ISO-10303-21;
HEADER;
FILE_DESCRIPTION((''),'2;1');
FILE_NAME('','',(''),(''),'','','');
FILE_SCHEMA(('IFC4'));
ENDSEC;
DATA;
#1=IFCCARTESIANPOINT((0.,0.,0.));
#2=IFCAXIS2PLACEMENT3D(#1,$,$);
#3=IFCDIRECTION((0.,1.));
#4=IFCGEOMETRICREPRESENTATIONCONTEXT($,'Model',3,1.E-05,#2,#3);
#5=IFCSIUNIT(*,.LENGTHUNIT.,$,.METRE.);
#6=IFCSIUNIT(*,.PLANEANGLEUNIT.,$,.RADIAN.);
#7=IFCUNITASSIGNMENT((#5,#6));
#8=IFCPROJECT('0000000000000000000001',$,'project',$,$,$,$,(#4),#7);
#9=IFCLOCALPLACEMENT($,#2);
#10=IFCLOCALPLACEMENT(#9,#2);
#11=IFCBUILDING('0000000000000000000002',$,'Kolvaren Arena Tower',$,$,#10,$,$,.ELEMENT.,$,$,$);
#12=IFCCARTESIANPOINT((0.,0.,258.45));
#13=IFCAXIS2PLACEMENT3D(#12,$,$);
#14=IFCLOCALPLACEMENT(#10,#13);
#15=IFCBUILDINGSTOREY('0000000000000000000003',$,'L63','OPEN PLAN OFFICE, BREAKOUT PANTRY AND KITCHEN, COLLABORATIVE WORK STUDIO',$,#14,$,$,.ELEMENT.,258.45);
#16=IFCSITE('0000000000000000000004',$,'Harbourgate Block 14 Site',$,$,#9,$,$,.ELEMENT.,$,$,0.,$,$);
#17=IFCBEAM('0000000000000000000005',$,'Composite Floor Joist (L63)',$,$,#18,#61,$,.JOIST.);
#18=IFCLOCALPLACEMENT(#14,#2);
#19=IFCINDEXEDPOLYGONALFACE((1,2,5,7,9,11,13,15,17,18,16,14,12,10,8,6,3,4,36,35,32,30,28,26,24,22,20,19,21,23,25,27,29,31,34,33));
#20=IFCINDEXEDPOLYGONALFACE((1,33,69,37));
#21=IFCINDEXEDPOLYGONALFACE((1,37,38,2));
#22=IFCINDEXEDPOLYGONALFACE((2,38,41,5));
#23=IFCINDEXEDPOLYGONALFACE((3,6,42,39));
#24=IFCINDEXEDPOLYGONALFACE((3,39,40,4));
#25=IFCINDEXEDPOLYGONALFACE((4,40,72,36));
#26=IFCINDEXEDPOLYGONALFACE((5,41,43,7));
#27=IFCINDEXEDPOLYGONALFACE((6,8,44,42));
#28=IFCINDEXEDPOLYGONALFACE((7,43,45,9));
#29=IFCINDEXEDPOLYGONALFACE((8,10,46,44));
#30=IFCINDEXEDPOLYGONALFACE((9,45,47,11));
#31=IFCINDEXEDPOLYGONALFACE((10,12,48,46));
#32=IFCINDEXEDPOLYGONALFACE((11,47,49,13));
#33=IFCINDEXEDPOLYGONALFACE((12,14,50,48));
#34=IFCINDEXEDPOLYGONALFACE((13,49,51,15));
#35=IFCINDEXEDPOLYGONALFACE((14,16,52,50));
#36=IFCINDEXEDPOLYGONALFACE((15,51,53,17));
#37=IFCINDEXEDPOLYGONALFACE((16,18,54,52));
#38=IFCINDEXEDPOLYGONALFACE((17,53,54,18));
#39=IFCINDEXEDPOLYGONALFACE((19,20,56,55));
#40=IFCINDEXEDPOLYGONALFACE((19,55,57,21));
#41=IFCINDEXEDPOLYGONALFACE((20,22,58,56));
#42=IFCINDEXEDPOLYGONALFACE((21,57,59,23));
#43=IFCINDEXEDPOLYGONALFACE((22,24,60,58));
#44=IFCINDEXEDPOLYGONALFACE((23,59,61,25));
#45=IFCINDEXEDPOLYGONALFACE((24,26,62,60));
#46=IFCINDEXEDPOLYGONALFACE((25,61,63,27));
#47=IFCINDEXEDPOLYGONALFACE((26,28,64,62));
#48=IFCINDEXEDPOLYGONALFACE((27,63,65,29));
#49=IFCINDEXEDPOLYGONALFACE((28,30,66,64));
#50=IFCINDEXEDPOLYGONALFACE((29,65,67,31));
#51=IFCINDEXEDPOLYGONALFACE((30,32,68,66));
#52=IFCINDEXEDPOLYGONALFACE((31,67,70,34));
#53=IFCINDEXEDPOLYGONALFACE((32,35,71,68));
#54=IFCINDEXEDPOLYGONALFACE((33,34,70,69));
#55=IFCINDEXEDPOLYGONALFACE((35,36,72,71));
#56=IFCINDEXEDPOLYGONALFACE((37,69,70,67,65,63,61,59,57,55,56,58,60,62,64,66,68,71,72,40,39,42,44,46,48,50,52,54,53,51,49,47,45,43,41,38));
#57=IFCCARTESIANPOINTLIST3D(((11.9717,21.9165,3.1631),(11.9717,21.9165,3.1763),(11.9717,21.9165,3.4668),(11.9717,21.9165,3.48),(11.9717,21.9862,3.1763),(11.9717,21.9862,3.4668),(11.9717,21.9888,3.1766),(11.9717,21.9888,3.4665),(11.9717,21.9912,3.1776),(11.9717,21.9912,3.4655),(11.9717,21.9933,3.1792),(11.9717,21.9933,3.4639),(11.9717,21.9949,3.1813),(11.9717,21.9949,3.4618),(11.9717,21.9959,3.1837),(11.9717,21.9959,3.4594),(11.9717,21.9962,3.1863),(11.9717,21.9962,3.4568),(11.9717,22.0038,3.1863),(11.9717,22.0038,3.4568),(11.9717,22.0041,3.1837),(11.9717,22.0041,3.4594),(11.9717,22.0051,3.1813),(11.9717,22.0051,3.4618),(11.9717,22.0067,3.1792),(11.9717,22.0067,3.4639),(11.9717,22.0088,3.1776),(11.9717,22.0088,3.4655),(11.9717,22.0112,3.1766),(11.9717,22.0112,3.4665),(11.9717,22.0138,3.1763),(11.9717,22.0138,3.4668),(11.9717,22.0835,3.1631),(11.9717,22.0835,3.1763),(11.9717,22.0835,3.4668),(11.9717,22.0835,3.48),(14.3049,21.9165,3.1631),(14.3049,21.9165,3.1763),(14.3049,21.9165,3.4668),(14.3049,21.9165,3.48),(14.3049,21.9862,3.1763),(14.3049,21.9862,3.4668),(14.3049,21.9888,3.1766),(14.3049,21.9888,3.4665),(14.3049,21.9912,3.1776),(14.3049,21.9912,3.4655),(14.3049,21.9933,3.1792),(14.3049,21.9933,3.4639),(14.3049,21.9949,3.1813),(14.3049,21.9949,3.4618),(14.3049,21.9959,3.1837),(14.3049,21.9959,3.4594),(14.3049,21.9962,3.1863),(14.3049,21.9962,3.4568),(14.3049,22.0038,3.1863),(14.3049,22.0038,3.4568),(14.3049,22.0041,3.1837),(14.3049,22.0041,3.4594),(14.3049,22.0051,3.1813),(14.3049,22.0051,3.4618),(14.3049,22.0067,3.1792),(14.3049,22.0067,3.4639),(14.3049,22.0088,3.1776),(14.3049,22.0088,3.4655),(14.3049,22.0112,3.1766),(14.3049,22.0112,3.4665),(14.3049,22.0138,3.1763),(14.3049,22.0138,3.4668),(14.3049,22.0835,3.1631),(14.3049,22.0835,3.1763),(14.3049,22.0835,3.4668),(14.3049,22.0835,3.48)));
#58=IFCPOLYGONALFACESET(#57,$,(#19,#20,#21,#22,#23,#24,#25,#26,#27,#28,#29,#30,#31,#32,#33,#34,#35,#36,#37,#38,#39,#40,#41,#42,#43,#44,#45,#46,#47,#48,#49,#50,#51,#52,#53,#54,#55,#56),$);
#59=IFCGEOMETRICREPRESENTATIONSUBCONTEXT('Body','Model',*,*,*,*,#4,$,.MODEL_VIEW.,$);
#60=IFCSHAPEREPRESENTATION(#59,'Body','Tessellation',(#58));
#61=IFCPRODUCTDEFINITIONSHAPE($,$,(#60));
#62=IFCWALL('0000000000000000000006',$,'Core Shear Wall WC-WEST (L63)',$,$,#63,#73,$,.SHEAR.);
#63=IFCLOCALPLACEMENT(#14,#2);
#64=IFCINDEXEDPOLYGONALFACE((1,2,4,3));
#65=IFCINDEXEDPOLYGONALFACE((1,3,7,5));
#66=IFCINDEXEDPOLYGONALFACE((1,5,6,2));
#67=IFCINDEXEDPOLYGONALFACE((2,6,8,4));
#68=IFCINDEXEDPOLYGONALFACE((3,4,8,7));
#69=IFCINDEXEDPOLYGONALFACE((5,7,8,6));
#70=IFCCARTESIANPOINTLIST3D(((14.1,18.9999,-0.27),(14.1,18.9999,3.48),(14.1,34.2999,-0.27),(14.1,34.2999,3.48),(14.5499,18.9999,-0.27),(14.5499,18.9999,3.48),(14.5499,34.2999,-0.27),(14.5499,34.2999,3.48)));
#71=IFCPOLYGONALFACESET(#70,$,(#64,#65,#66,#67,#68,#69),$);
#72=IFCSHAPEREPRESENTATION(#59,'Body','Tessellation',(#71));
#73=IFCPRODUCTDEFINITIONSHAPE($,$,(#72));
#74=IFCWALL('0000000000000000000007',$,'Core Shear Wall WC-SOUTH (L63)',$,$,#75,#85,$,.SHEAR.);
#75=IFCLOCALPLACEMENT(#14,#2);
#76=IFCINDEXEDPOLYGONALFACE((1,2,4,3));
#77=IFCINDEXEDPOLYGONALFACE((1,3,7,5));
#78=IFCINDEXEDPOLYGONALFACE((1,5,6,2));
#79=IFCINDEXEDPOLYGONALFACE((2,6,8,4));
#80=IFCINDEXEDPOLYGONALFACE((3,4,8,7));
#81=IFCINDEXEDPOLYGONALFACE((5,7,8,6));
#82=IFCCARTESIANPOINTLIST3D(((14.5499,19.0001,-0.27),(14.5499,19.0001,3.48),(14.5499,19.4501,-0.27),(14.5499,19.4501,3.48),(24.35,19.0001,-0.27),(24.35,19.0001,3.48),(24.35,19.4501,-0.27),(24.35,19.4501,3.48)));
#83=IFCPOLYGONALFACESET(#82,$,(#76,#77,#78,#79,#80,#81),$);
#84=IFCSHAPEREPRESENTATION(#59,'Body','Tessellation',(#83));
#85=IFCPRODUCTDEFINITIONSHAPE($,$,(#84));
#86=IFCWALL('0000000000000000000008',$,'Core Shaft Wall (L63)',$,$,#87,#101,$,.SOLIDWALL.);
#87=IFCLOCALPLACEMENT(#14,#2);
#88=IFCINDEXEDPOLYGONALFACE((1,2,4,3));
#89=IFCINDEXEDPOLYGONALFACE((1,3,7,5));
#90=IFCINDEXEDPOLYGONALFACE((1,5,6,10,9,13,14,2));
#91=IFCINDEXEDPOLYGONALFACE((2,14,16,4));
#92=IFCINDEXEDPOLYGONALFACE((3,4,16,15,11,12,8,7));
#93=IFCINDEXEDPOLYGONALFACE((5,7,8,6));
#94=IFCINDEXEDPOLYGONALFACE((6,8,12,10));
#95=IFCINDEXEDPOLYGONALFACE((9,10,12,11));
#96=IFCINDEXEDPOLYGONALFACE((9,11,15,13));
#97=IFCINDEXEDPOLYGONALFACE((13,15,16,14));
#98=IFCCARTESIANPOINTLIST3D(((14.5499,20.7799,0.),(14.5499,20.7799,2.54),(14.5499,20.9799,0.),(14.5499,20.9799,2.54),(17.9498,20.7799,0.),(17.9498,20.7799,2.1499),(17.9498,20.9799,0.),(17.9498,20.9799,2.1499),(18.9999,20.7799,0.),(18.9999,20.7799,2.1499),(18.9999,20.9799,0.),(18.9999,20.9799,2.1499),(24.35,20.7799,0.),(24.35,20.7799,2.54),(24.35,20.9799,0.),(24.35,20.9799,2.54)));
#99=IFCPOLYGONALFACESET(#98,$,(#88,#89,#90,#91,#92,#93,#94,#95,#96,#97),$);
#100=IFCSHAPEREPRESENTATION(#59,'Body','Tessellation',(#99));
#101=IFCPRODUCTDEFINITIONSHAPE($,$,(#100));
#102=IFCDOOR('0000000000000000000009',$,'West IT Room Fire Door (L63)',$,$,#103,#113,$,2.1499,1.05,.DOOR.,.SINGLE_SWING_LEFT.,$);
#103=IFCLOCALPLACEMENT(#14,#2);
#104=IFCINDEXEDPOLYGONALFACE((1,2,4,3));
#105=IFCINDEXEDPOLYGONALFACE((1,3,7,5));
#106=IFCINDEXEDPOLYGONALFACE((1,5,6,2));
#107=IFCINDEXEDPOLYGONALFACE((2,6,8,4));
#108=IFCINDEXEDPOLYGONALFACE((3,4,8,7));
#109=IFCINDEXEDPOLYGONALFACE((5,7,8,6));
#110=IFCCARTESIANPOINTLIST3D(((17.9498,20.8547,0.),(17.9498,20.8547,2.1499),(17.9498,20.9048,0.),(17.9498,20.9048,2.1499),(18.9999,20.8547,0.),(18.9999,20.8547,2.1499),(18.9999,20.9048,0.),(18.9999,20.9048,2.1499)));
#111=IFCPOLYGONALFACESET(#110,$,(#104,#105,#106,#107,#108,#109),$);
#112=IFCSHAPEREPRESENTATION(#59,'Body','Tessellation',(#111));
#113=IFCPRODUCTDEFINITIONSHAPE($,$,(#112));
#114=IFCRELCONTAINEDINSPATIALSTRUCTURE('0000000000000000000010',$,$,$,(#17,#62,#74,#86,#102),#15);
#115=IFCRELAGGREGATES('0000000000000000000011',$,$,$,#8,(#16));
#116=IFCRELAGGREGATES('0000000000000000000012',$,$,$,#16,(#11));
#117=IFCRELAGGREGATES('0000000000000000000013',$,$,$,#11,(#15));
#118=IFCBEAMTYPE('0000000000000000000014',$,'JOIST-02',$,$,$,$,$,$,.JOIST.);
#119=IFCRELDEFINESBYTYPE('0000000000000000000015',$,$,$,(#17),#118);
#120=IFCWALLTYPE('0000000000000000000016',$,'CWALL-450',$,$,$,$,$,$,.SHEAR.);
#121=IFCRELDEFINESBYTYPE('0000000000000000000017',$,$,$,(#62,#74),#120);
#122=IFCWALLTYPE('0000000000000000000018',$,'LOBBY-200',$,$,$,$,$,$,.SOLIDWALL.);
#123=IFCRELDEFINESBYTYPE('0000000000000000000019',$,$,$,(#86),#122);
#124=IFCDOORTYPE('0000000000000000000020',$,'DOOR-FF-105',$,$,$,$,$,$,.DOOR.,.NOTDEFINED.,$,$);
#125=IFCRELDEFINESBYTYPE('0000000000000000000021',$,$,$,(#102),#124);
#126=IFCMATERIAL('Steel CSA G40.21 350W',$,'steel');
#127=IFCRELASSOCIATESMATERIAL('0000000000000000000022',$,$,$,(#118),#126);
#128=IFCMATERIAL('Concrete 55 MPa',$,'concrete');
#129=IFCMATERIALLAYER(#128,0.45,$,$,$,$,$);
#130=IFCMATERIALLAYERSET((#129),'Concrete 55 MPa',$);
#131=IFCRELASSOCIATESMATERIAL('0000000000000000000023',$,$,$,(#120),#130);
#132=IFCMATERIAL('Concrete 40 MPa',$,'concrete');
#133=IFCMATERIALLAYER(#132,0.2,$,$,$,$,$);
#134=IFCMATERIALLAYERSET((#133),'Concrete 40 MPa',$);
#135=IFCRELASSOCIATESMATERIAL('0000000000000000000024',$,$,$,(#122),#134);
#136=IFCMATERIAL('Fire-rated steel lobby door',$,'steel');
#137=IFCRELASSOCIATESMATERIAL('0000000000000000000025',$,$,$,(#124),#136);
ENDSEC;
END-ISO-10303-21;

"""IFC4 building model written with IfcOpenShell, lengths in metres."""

from ifc_helpers import new_model, si_unit, direction, frame, frame_2d, origin, origin_2d, place, context, subcontext, project, spatial, rectangle, i_section, extrude, material, layer, layer_set, material_profile, profile_set, type_object, element, fill, save


model = new_model("IFC4")

# Units and contexts
model_context = context("Model", 3, precision=1e-05, world=origin(), true_north=direction((0.0, 1.0)))
body_context = subcontext(model_context, "Body", "Model", "MODEL_VIEW")
ifc_project = project(units=[si_unit("LENGTHUNIT", "METRE"), si_unit("PLANEANGLEUNIT", "RADIAN")], contexts=[model_context])

# Site, building, storey
site_placement = place(None, origin())
site = spatial("IfcSite", under=ifc_project, at=site_placement, Name="Harbourgate Block 14 Site", CompositionType="ELEMENT", RefElevation=0.0)
building_placement = place(site_placement, origin())
building = spatial("IfcBuilding", under=site, at=building_placement, Name="Kolvaren Arena Tower", CompositionType="ELEMENT")
storey_placement = place(building_placement, frame((0.0, 0.0, 258.45)))
storey = spatial("IfcBuildingStorey", under=building, at=storey_placement, Name="L63", Description="OPEN PLAN OFFICE, BREAKOUT PANTRY AND KITCHEN, COLLABORATIVE WORK STUDIO", CompositionType="ELEMENT", Elevation=258.45)

# Beam
ifc_material_1 = material(Name="Steel CSA G40.21 350W", Category="steel")
ifc_material_profile_1 = material_profile(ifc_material_1, i_section(OverallWidth=0.167, OverallDepth=0.3169, WebThickness=0.0076, FlangeThickness=0.0132, FilletRadius=0.01, at=origin_2d()), Name="W310x52")
ifc_profile_set_1 = profile_set([ifc_material_profile_1], Name="Steel CSA G40.21 350W")
beam_type_1 = type_object("IfcBeamType", Name="JOIST-02", PredefinedType="JOIST", material=ifc_profile_set_1)
beam_1_placement = place(storey_placement, frame((11.9717, 22.0, 3.3215), z_axis=(1.0, 0.0, 0.0), x_axis=(0.0, 1.0, 0.0)))
element("IfcBeam", 1, at=beam_1_placement, inside=storey, type_object=beam_type_1, Name="Composite Floor Joist (L63)", PredefinedType="JOIST", context=body_context, shape_type="SweptSolid", body=[
    extrude(i_section(OverallWidth=0.167, OverallDepth=0.3169, WebThickness=0.0076, FlangeThickness=0.0132, FilletRadius=0.01, at=origin_2d()), origin(), (0.0, 0.0, 1.0), 2.3333),
])

# Walls
ifc_material_2 = material(Name="Concrete 55 MPa", Category="concrete")
ifc_layer_1 = layer(ifc_material_2, 0.45)
ifc_layer_set_1 = layer_set([ifc_layer_1], Name="Concrete 55 MPa")
wall_type_1 = type_object("IfcWallType", Name="CWALL-450", PredefinedType="SHEAR", material=ifc_layer_set_1)
wall_1_placement = place(storey_placement, frame((14.325, 19.0, -0.27), z_axis=(0.0, 0.0, 1.0), x_axis=(0.0, 1.0, 0.0)))
element("IfcWall", 2, at=wall_1_placement, inside=storey, type_object=wall_type_1, Name="Core Shear Wall WC-WEST (L63)", PredefinedType="SHEAR", context=body_context, shape_type="SweptSolid", body=[
    extrude(rectangle(XDim=15.3, YDim=0.45, at=frame_2d((7.6499, 0.0))), origin(), (0.0, 0.0, 1.0), 3.75),
])
wall_2_placement = place(storey_placement, frame((14.55, 19.2251, -0.27), z_axis=(0.0, 0.0, 1.0), x_axis=(1.0, 0.0, 0.0)))
element("IfcWall", 3, at=wall_2_placement, inside=storey, type_object=wall_type_1, Name="Core Shear Wall WC-SOUTH (L63)", PredefinedType="SHEAR", context=body_context, shape_type="SweptSolid", body=[
    extrude(rectangle(XDim=9.8, YDim=0.45, at=frame_2d((4.8999, 0.0))), origin(), (0.0, 0.0, 1.0), 3.75),
])

# Wall, opening, door
ifc_material_3 = material(Name="Concrete 40 MPa", Category="concrete")
ifc_layer_2 = layer(ifc_material_3, 0.2)
ifc_layer_set_2 = layer_set([ifc_layer_2], Name="Concrete 40 MPa")
wall_type_2 = type_object("IfcWallType", Name="LOBBY-200", PredefinedType="SOLIDWALL", material=ifc_layer_set_2)
wall_3_placement = place(storey_placement, frame((14.55, 20.8799, 0.0), z_axis=(0.0, 0.0, 1.0), x_axis=(1.0, 0.0, 0.0)))
wall_3 = element("IfcWall", 4, at=wall_3_placement, inside=storey, type_object=wall_type_2, Name="Core Shaft Wall (L63)", PredefinedType="SOLIDWALL", context=body_context, shape_type="SweptSolid", body=[
    extrude(rectangle(XDim=9.8, YDim=0.2, at=frame_2d((4.8999, 0.0))), origin(), (0.0, 0.0, 1.0), 2.54),
])
opening_1_placement = place(wall_3_placement, frame((3.3999, 0.0, 0.0)))
opening_1 = element("IfcOpeningElement", 5, at=opening_1_placement, cuts=wall_3, PredefinedType="OPENING", context=body_context, shape_type="SweptSolid", body=[
    extrude(rectangle(XDim=1.05, YDim=2.1499, at=frame_2d((0.5249, 1.075))), frame((0.0, 0.1099, 0.0), z_axis=(0.0, -1.0, 0.0), x_axis=(1.0, 0.0, 0.0)), (0.0, 0.0, 1.0), 0.22),
])
ifc_material_4 = material(Name="Fire-rated steel lobby door", Category="steel")
door_type_1 = type_object("IfcDoorType", Name="DOOR-FF-105", OperationType="NOTDEFINED", PredefinedType="DOOR", material=ifc_material_4)
door_1_placement = place(opening_1_placement, origin())
door_1 = element("IfcDoor", 6, at=door_1_placement, inside=storey, type_object=door_type_1, Name="West IT Room Fire Door (L63)", OperationType="SINGLE_SWING_LEFT", OverallHeight=2.1499, OverallWidth=1.05, PredefinedType="DOOR", context=body_context, shape_type="SweptSolid", body=[
    extrude(rectangle(XDim=1.05, YDim=2.1499, at=frame_2d((0.5249, 1.075))), frame((0.0, 0.0249, 0.0), z_axis=(0.0, -1.0, 0.0), x_axis=(1.0, 0.0, 0.0)), (0.0, 0.0, 1.0), 0.05),
])
fill(opening_1, door_1)

save(model, "model.ifc")
